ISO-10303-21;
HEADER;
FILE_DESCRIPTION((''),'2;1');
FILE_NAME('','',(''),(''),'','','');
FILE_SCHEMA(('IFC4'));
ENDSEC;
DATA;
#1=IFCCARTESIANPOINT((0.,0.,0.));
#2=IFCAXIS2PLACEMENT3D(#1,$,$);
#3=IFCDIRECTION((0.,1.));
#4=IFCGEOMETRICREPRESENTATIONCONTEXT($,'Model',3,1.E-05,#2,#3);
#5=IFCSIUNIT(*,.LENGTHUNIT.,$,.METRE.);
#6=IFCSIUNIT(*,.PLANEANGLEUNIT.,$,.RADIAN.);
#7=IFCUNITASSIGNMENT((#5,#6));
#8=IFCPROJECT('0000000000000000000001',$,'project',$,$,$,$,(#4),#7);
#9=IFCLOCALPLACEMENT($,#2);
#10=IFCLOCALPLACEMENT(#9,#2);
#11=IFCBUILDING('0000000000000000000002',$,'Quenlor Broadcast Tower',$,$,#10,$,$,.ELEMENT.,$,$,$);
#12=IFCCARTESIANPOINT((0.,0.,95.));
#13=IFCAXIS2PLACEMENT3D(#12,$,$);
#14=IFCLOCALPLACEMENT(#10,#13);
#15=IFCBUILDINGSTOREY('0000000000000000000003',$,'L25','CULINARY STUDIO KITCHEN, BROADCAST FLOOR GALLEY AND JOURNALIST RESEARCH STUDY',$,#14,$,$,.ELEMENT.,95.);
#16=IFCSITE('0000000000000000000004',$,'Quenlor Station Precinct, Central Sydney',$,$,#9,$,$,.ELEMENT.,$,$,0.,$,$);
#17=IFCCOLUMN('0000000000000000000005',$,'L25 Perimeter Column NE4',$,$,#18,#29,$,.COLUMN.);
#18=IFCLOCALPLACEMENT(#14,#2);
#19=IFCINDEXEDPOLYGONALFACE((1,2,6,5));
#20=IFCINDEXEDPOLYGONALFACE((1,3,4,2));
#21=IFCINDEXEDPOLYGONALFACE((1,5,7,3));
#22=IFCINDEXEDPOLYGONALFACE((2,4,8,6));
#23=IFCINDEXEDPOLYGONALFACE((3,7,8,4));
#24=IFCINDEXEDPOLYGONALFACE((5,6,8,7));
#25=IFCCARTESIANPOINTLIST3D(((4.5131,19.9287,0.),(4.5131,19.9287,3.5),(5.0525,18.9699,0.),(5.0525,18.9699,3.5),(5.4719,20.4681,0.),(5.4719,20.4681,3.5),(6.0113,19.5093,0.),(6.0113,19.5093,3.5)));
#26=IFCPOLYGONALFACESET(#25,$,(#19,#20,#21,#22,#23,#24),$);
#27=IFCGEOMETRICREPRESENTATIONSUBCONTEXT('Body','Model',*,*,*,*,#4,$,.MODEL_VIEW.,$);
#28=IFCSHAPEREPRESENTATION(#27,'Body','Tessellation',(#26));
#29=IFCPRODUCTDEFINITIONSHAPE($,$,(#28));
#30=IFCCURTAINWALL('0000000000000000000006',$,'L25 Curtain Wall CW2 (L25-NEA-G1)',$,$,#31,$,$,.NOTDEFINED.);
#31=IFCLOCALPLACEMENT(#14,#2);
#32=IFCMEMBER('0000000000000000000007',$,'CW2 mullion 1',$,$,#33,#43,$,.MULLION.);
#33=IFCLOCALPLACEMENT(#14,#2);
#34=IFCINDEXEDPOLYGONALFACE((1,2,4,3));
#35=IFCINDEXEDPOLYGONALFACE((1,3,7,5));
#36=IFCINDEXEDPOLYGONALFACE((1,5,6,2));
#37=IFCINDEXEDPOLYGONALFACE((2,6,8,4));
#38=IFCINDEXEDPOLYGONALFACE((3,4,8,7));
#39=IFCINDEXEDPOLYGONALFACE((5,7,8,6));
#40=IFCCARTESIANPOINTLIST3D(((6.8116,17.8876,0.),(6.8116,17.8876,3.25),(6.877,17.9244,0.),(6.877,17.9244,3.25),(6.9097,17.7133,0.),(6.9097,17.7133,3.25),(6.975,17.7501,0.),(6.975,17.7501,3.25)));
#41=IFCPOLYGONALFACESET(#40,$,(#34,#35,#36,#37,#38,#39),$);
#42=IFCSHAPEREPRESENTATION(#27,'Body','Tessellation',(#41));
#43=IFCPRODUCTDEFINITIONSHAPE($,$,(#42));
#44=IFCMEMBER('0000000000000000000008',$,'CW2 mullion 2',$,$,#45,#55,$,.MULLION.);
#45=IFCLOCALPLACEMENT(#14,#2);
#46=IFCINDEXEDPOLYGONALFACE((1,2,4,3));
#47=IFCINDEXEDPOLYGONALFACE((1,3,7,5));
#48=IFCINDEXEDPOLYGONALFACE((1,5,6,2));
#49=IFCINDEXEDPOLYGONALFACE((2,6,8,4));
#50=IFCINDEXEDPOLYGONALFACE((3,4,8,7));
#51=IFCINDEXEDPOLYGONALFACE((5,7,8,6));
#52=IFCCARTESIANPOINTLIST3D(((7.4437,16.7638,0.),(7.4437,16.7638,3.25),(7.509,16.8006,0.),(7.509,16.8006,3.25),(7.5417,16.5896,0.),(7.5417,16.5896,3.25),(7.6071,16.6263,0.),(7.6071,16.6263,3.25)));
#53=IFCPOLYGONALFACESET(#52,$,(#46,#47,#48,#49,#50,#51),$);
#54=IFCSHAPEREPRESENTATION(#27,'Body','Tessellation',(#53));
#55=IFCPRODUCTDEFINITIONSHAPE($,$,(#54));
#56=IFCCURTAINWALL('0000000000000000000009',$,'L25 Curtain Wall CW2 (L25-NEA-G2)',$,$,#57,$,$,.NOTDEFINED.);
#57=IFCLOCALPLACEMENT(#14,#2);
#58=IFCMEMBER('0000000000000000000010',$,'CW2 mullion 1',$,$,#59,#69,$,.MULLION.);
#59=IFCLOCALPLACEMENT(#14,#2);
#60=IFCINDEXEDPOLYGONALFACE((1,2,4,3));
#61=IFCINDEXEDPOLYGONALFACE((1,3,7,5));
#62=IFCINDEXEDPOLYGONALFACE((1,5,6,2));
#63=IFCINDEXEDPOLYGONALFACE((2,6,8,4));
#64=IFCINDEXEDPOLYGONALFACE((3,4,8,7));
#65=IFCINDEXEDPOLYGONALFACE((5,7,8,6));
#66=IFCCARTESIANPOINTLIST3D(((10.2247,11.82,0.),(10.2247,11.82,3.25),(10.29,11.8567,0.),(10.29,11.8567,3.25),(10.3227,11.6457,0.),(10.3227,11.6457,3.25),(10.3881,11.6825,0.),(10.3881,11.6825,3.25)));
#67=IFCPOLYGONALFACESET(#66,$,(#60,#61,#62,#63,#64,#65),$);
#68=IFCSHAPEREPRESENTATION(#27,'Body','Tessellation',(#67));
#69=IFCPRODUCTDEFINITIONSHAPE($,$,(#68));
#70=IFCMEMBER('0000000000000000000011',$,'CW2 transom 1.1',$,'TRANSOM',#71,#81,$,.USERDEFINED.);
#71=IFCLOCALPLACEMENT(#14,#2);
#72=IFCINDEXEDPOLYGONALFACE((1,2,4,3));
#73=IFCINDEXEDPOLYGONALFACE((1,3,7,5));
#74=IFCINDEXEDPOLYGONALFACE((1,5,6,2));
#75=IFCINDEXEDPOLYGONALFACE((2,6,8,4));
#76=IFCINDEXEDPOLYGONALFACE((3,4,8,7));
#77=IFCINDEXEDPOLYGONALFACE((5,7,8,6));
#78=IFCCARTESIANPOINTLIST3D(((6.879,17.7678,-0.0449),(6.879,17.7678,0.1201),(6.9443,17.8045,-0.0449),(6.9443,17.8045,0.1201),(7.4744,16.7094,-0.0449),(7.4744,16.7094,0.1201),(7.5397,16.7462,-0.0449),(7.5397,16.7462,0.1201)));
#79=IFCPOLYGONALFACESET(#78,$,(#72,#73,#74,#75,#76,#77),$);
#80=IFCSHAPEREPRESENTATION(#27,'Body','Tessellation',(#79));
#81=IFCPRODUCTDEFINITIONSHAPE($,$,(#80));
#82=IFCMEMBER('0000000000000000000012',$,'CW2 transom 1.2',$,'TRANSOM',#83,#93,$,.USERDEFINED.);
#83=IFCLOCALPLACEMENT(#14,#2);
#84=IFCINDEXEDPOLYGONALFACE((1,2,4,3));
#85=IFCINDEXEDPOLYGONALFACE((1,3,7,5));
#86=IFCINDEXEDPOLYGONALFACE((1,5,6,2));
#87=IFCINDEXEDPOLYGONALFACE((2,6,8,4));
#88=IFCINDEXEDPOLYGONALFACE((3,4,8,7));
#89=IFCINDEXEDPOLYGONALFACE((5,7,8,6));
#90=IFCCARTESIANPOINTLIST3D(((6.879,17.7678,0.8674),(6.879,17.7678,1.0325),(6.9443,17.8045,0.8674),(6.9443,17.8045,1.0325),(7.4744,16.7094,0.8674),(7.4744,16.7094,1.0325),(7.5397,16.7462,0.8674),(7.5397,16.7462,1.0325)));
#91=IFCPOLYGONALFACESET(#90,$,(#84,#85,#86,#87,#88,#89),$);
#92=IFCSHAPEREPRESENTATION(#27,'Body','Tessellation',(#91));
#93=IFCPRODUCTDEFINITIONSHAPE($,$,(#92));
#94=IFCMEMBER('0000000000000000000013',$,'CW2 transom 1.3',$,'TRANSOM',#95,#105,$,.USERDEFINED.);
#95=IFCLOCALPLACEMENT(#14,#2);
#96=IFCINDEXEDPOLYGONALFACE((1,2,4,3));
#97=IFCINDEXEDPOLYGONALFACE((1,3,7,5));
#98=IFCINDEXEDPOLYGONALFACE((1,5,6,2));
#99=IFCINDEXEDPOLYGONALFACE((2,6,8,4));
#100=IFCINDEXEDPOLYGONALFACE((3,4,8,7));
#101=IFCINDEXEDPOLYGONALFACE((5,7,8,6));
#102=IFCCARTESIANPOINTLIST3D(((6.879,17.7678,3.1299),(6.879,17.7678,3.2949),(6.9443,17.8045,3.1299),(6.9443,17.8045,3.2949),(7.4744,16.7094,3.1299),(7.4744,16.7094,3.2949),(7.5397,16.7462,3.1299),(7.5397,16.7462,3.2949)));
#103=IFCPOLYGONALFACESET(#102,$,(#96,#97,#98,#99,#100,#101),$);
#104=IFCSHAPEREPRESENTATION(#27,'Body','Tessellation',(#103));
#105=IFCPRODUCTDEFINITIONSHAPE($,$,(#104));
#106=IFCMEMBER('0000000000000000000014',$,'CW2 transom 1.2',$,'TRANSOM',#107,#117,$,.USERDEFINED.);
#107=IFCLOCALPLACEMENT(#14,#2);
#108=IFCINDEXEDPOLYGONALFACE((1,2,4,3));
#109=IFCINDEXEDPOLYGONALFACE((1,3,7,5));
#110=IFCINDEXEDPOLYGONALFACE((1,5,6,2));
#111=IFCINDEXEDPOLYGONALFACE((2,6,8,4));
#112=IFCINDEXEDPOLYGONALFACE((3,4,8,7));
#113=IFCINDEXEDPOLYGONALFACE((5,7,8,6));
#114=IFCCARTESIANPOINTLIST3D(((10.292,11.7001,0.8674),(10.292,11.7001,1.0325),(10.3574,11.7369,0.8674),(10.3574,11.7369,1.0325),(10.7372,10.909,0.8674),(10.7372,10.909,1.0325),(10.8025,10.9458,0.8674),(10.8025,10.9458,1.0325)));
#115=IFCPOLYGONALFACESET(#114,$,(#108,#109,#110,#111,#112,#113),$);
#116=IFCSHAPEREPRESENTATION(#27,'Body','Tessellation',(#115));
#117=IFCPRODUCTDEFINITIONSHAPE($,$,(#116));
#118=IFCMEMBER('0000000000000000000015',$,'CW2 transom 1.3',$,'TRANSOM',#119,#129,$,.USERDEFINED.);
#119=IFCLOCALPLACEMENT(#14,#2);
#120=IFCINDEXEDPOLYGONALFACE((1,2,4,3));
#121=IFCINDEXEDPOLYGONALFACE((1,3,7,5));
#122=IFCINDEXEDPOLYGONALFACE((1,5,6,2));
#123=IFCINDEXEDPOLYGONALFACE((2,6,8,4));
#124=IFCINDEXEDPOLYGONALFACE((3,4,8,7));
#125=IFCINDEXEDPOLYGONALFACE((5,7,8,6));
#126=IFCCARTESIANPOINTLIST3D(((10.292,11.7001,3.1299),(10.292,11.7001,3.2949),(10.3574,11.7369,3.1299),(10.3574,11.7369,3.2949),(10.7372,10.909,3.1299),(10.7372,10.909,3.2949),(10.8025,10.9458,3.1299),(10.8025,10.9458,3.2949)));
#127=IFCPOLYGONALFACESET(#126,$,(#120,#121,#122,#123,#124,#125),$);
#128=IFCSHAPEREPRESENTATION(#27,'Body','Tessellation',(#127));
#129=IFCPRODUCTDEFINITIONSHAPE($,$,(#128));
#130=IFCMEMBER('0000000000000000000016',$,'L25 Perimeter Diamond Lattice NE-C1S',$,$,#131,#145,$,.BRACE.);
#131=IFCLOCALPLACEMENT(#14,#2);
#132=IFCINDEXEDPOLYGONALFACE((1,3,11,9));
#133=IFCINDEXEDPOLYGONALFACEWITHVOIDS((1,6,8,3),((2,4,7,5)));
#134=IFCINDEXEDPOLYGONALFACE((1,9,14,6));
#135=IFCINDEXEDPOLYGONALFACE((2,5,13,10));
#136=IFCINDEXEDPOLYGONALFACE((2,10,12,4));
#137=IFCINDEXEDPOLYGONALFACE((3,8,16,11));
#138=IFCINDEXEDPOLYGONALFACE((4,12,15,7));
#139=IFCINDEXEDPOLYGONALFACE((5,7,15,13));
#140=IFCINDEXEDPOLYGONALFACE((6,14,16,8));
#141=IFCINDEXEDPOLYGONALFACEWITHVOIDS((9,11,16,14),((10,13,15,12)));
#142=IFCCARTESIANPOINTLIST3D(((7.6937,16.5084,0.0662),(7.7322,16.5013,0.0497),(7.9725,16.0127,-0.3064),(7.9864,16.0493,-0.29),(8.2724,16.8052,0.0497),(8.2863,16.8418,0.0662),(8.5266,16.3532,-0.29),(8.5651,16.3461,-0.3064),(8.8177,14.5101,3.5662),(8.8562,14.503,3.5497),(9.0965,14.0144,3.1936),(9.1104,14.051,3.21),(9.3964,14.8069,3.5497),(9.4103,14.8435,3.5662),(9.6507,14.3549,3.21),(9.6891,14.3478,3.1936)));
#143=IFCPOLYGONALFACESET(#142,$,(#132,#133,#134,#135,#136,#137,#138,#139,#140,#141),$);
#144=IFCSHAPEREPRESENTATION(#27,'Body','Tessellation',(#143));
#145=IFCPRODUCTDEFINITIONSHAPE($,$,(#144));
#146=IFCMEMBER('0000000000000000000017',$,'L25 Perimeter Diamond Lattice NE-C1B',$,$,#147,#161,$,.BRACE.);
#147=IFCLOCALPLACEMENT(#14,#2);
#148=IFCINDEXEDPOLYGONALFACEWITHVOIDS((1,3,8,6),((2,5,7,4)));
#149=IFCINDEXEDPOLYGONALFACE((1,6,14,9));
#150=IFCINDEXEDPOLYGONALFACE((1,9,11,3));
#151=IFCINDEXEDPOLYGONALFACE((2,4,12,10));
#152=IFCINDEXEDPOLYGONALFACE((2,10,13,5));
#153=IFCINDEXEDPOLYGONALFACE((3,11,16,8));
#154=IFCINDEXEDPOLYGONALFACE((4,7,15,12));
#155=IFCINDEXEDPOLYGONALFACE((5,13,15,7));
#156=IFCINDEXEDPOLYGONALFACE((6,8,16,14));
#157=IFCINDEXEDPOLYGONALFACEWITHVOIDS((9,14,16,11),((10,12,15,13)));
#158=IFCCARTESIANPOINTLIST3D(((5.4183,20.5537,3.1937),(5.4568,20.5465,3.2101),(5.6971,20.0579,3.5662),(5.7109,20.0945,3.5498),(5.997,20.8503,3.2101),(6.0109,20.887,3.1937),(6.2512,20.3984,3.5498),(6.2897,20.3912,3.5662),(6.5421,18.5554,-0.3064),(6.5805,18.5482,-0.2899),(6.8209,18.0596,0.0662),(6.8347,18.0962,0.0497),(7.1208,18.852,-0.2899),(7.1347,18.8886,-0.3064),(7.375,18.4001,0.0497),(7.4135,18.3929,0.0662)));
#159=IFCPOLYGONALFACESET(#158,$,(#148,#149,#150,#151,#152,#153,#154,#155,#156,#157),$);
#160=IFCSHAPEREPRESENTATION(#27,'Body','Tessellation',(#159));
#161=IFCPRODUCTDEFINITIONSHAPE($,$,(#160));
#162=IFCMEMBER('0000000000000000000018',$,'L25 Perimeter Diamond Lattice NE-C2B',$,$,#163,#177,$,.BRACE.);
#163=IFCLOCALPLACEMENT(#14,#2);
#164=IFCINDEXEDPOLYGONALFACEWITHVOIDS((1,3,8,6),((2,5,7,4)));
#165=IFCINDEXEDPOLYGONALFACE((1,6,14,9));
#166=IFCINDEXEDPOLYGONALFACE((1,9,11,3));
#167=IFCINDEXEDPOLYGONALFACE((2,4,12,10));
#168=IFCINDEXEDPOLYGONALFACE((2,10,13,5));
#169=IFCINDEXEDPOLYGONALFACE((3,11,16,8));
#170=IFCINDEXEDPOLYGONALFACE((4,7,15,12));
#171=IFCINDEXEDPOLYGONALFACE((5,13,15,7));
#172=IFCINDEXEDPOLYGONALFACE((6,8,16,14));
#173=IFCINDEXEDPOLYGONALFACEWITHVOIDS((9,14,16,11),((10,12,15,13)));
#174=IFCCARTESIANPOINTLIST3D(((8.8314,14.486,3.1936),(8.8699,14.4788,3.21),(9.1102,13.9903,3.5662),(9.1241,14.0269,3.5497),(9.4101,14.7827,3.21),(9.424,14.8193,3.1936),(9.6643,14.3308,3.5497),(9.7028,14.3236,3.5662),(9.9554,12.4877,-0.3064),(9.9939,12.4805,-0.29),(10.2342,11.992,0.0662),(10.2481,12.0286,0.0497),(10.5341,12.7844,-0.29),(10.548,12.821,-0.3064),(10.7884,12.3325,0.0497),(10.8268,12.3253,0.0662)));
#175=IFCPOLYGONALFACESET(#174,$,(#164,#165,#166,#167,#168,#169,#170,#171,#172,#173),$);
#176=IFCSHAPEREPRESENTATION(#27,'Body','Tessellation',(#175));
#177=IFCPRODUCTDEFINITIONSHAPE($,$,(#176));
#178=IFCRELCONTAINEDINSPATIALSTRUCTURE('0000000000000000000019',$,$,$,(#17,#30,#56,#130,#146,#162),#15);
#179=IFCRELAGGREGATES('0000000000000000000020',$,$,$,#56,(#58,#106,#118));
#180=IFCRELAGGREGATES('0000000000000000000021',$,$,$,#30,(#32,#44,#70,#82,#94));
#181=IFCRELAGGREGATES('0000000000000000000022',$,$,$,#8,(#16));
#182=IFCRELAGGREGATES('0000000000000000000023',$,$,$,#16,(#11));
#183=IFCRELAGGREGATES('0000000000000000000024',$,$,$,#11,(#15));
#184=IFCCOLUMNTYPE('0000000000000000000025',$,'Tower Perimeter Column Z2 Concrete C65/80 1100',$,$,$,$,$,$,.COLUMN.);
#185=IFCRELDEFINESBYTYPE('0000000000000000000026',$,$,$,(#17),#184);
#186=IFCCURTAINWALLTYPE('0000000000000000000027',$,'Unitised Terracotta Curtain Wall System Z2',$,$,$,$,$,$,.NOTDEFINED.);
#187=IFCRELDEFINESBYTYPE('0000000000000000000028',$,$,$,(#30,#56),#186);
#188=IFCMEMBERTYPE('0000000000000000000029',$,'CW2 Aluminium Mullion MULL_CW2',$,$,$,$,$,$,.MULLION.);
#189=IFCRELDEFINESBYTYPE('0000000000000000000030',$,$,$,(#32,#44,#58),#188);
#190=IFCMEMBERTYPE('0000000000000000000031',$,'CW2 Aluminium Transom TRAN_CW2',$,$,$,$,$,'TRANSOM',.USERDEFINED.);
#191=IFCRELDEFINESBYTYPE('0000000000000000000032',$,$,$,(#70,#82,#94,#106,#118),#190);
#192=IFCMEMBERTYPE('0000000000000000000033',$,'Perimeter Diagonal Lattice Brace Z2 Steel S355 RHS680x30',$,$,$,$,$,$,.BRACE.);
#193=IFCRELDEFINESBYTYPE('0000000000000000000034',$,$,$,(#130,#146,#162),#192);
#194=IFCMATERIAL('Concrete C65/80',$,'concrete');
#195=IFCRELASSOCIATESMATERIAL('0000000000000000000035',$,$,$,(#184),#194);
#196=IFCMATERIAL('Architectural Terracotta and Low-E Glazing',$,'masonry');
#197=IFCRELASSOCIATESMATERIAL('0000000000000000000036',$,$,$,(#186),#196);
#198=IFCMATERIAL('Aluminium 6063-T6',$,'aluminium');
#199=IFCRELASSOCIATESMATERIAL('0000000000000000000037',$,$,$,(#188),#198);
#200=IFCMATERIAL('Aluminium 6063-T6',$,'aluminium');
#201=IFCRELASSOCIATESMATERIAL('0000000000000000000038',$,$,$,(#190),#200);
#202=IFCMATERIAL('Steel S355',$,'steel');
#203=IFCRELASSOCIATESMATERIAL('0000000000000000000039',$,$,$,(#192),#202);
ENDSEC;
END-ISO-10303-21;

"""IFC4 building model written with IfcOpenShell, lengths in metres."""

from ifc_helpers import new_model, si_unit, direction, frame, origin, origin_2d, place, context, subcontext, project, spatial, rectangle, hollow_rectangle, extrude, material, material_profile, profile_set, type_object, element, aggregate, save


model = new_model("IFC4")

# Units and contexts
model_context = context("Model", 3, precision=1e-05, world=origin(), true_north=direction((0.0, 1.0)))
body_context = subcontext(model_context, "Body", "Model", "MODEL_VIEW")
ifc_project = project(units=[si_unit("LENGTHUNIT", "METRE"), si_unit("PLANEANGLEUNIT", "RADIAN")], contexts=[model_context])

# Site, building, storey
site_placement = place(None, origin())
site = spatial("IfcSite", under=ifc_project, at=site_placement, Name="Quenlor Station Precinct, Central Sydney", CompositionType="ELEMENT", RefElevation=0.0)
building_placement = place(site_placement, origin())
building = spatial("IfcBuilding", under=site, at=building_placement, Name="Quenlor Broadcast Tower", CompositionType="ELEMENT")
storey_placement = place(building_placement, frame((0.0, 0.0, 95.0)))
storey = spatial("IfcBuildingStorey", under=building, at=storey_placement, Name="L25", Description="CULINARY STUDIO KITCHEN, BROADCAST FLOOR GALLEY AND JOURNALIST RESEARCH STUDY", CompositionType="ELEMENT", Elevation=95.0)

# Column
ifc_material_1 = material(Name="Concrete C65/80", Category="concrete")
ifc_material_profile_1 = material_profile(ifc_material_1, rectangle(XDim=1.1001, YDim=1.1001, at=origin_2d()))
ifc_profile_set_1 = profile_set([ifc_material_profile_1], Name="Concrete C65/80 RC1100x1100")
column_type = type_object("IfcColumnType", Name="Tower Perimeter Column Z2 Concrete C65/80 1100", PredefinedType="COLUMN", material=ifc_profile_set_1)
column_placement = place(storey_placement, frame((5.2622, 19.719, 0.0), z_axis=(0.0, 0.0, 1.0), x_axis=(0.871575, 0.490262, 0.0)))
element("IfcColumn", 1, at=column_placement, inside=storey, type_object=column_type, Name="L25 Perimeter Column NE4", PredefinedType="COLUMN", context=body_context, shape_type="SweptSolid", body=[
    extrude(rectangle(XDim=1.1001, YDim=1.1001, at=origin_2d()), origin(), (0.0, 0.0, 1.0), 3.5),
])

# Curtain wall, members
ifc_material_2 = material(Name="Architectural Terracotta and Low-E Glazing", Category="masonry")
curtain_wall_type = type_object("IfcCurtainWallType", Name="Unitised Terracotta Curtain Wall System Z2", PredefinedType="NOTDEFINED", material=ifc_material_2)
curtain_wall_1_placement = place(storey_placement, origin())
curtain_wall_1 = element("IfcCurtainWall", 2, at=curtain_wall_1_placement, inside=storey, type_object=curtain_wall_type, Name="L25 Curtain Wall CW2 (L25-NEA-G1)", PredefinedType="NOTDEFINED")
ifc_material_3 = material(Name="Aluminium 6063-T6", Category="aluminium")
ifc_material_profile_2 = material_profile(ifc_material_3, rectangle(XDim=0.075, YDim=0.2, at=origin_2d()))
ifc_profile_set_2 = profile_set([ifc_material_profile_2], Name="Aluminium 6063-T6 MULL75x200")
member_type_1 = type_object("IfcMemberType", Name="CW2 Aluminium Mullion MULL_CW2", PredefinedType="MULLION", material=ifc_profile_set_2)
member_1_placement = place(storey_placement, frame((6.8933, 17.8188, 0.0), z_axis=(0.0, 0.0, 1.0), x_axis=(0.871583, 0.490247, 0.0)))
member_1 = element("IfcMember", 3, at=member_1_placement, type_object=member_type_1, Name="CW2 mullion 1", PredefinedType="MULLION", context=body_context, shape_type="SweptSolid", body=[
    extrude(rectangle(XDim=0.075, YDim=0.2, at=origin_2d()), origin(), (0.0, 0.0, 1.0), 3.25),
])
member_2_placement = place(storey_placement, frame((7.5254, 16.6951, 0.0), z_axis=(0.0, 0.0, 1.0), x_axis=(0.871583, 0.490247, 0.0)))
member_2 = element("IfcMember", 4, at=member_2_placement, type_object=member_type_1, Name="CW2 mullion 2", PredefinedType="MULLION", context=body_context, shape_type="SweptSolid", body=[
    extrude(rectangle(XDim=0.075, YDim=0.2, at=origin_2d()), origin(), (0.0, 0.0, 1.0), 3.25),
])

# Curtain wall, member
curtain_wall_2_placement = place(storey_placement, origin())
curtain_wall_2 = element("IfcCurtainWall", 5, at=curtain_wall_2_placement, inside=storey, type_object=curtain_wall_type, Name="L25 Curtain Wall CW2 (L25-NEA-G2)", PredefinedType="NOTDEFINED")
member_3_placement = place(storey_placement, frame((10.3064, 11.7512, 0.0), z_axis=(0.0, 0.0, 1.0), x_axis=(0.871581, 0.490252, 0.0)))
member_3 = element("IfcMember", 6, at=member_3_placement, type_object=member_type_1, Name="CW2 mullion 1", PredefinedType="MULLION", context=body_context, shape_type="SweptSolid", body=[
    extrude(rectangle(XDim=0.075, YDim=0.2, at=origin_2d()), origin(), (0.0, 0.0, 1.0), 3.25),
])

# Members
ifc_material_4 = material(Name="Aluminium 6063-T6", Category="aluminium")
ifc_material_profile_3 = material_profile(ifc_material_4, rectangle(XDim=0.075, YDim=0.165, at=origin_2d()))
ifc_profile_set_3 = profile_set([ifc_material_profile_3], Name="Aluminium 6063-T6 TRAN75x165")
member_type_2 = type_object("IfcMemberType", Name="CW2 Aluminium Transom TRAN_CW2", ElementType="TRANSOM", PredefinedType="USERDEFINED", material=ifc_profile_set_3)
member_4_placement = place(storey_placement, frame((6.9116, 17.7861, 0.0376), z_axis=(0.490347, -0.871527, 0.0), x_axis=(0.871527, 0.490347, 0.0)))
member_4 = element("IfcMember", 7, at=member_4_placement, type_object=member_type_2, Name="CW2 transom 1.1", ObjectType="TRANSOM", PredefinedType="USERDEFINED", context=body_context, shape_type="SweptSolid", body=[
    extrude(rectangle(XDim=0.075, YDim=0.165, at=origin_2d()), origin(), (0.0, 0.0, 1.0), 1.2144),
])
member_5_placement = place(storey_placement, frame((6.9116, 17.7861, 0.95), z_axis=(0.490347, -0.871527, 0.0), x_axis=(0.871527, 0.490347, 0.0)))
member_5 = element("IfcMember", 8, at=member_5_placement, type_object=member_type_2, Name="CW2 transom 1.2", ObjectType="TRANSOM", PredefinedType="USERDEFINED", context=body_context, shape_type="SweptSolid", body=[
    extrude(rectangle(XDim=0.075, YDim=0.165, at=origin_2d()), origin(), (0.0, 0.0, 1.0), 1.2144),
])
member_6_placement = place(storey_placement, frame((6.9116, 17.7861, 3.2124), z_axis=(0.490347, -0.871527, 0.0), x_axis=(0.871527, 0.490347, 0.0)))
member_6 = element("IfcMember", 9, at=member_6_placement, type_object=member_type_2, Name="CW2 transom 1.3", ObjectType="TRANSOM", PredefinedType="USERDEFINED", context=body_context, shape_type="SweptSolid", body=[
    extrude(rectangle(XDim=0.075, YDim=0.165, at=origin_2d()), origin(), (0.0, 0.0, 1.0), 1.2144),
])
member_7_placement = place(storey_placement, frame((10.3247, 11.7185, 0.95), z_axis=(0.490363, -0.871518, 0.0), x_axis=(0.871518, 0.490363, 0.0)))
member_7 = element("IfcMember", 10, at=member_7_placement, type_object=member_type_2, Name="CW2 transom 1.2", ObjectType="TRANSOM", PredefinedType="USERDEFINED", context=body_context, shape_type="SweptSolid", body=[
    extrude(rectangle(XDim=0.075, YDim=0.165, at=origin_2d()), origin(), (0.0, 0.0, 1.0), 0.9077),
])
member_8_placement = place(storey_placement, frame((10.3247, 11.7185, 3.2124), z_axis=(0.490363, -0.871518, 0.0), x_axis=(0.871518, 0.490363, 0.0)))
member_8 = element("IfcMember", 11, at=member_8_placement, type_object=member_type_2, Name="CW2 transom 1.3", ObjectType="TRANSOM", PredefinedType="USERDEFINED", context=body_context, shape_type="SweptSolid", body=[
    extrude(rectangle(XDim=0.075, YDim=0.165, at=origin_2d()), origin(), (0.0, 0.0, 1.0), 0.9077),
])
aggregate(curtain_wall_2, [member_3, member_7, member_8])

# Members
ifc_material_5 = material(Name="Steel S355", Category="steel")
ifc_material_profile_4 = material_profile(ifc_material_5, hollow_rectangle(XDim=0.6799, YDim=0.6799, WallThickness=0.03, at=origin_2d()))
ifc_profile_set_4 = profile_set([ifc_material_profile_4], Name="Steel S355 RHS680x680x30")
member_type_3 = type_object("IfcMemberType", Name="Perimeter Diagonal Lattice Brace Z2 Steel S355 RHS680x30", PredefinedType="BRACE", material=ifc_profile_set_4)
for number, where, z_axis, x_axis, name in (
    (12, (8.1294, 16.4272, -0.1201), (0.268642, -0.477593, 0.836502), (0.871578, 0.490256, 0.0), "L25 Perimeter Diamond Lattice NE-C1S"),
    (13, (6.9778, 18.4741, -0.1201), (-0.268588, 0.4776, 0.836516), (-0.871624, -0.490175, 0.0), "L25 Perimeter Diamond Lattice NE-C1B"),
    (14, (10.3911, 12.4065, -0.1201), (-0.268642, 0.477593, 0.836502), (-0.871578, -0.490256, 0.0), "L25 Perimeter Diamond Lattice NE-C2B"),
):
    element("IfcMember", number, at=place(storey_placement, frame(where, z_axis=z_axis, x_axis=x_axis)), inside=storey, type_object=member_type_3, Name=name, PredefinedType="BRACE", context=body_context, shape_type="SweptSolid", body=[
        extrude(hollow_rectangle(XDim=0.6799, YDim=0.6799, WallThickness=0.03, at=origin_2d()), origin(), (0.0, 0.0, 1.0), 4.1841),
    ])

aggregate(curtain_wall_1, [member_1, member_2, member_4, member_5, member_6])

save(model, "model.ifc")
